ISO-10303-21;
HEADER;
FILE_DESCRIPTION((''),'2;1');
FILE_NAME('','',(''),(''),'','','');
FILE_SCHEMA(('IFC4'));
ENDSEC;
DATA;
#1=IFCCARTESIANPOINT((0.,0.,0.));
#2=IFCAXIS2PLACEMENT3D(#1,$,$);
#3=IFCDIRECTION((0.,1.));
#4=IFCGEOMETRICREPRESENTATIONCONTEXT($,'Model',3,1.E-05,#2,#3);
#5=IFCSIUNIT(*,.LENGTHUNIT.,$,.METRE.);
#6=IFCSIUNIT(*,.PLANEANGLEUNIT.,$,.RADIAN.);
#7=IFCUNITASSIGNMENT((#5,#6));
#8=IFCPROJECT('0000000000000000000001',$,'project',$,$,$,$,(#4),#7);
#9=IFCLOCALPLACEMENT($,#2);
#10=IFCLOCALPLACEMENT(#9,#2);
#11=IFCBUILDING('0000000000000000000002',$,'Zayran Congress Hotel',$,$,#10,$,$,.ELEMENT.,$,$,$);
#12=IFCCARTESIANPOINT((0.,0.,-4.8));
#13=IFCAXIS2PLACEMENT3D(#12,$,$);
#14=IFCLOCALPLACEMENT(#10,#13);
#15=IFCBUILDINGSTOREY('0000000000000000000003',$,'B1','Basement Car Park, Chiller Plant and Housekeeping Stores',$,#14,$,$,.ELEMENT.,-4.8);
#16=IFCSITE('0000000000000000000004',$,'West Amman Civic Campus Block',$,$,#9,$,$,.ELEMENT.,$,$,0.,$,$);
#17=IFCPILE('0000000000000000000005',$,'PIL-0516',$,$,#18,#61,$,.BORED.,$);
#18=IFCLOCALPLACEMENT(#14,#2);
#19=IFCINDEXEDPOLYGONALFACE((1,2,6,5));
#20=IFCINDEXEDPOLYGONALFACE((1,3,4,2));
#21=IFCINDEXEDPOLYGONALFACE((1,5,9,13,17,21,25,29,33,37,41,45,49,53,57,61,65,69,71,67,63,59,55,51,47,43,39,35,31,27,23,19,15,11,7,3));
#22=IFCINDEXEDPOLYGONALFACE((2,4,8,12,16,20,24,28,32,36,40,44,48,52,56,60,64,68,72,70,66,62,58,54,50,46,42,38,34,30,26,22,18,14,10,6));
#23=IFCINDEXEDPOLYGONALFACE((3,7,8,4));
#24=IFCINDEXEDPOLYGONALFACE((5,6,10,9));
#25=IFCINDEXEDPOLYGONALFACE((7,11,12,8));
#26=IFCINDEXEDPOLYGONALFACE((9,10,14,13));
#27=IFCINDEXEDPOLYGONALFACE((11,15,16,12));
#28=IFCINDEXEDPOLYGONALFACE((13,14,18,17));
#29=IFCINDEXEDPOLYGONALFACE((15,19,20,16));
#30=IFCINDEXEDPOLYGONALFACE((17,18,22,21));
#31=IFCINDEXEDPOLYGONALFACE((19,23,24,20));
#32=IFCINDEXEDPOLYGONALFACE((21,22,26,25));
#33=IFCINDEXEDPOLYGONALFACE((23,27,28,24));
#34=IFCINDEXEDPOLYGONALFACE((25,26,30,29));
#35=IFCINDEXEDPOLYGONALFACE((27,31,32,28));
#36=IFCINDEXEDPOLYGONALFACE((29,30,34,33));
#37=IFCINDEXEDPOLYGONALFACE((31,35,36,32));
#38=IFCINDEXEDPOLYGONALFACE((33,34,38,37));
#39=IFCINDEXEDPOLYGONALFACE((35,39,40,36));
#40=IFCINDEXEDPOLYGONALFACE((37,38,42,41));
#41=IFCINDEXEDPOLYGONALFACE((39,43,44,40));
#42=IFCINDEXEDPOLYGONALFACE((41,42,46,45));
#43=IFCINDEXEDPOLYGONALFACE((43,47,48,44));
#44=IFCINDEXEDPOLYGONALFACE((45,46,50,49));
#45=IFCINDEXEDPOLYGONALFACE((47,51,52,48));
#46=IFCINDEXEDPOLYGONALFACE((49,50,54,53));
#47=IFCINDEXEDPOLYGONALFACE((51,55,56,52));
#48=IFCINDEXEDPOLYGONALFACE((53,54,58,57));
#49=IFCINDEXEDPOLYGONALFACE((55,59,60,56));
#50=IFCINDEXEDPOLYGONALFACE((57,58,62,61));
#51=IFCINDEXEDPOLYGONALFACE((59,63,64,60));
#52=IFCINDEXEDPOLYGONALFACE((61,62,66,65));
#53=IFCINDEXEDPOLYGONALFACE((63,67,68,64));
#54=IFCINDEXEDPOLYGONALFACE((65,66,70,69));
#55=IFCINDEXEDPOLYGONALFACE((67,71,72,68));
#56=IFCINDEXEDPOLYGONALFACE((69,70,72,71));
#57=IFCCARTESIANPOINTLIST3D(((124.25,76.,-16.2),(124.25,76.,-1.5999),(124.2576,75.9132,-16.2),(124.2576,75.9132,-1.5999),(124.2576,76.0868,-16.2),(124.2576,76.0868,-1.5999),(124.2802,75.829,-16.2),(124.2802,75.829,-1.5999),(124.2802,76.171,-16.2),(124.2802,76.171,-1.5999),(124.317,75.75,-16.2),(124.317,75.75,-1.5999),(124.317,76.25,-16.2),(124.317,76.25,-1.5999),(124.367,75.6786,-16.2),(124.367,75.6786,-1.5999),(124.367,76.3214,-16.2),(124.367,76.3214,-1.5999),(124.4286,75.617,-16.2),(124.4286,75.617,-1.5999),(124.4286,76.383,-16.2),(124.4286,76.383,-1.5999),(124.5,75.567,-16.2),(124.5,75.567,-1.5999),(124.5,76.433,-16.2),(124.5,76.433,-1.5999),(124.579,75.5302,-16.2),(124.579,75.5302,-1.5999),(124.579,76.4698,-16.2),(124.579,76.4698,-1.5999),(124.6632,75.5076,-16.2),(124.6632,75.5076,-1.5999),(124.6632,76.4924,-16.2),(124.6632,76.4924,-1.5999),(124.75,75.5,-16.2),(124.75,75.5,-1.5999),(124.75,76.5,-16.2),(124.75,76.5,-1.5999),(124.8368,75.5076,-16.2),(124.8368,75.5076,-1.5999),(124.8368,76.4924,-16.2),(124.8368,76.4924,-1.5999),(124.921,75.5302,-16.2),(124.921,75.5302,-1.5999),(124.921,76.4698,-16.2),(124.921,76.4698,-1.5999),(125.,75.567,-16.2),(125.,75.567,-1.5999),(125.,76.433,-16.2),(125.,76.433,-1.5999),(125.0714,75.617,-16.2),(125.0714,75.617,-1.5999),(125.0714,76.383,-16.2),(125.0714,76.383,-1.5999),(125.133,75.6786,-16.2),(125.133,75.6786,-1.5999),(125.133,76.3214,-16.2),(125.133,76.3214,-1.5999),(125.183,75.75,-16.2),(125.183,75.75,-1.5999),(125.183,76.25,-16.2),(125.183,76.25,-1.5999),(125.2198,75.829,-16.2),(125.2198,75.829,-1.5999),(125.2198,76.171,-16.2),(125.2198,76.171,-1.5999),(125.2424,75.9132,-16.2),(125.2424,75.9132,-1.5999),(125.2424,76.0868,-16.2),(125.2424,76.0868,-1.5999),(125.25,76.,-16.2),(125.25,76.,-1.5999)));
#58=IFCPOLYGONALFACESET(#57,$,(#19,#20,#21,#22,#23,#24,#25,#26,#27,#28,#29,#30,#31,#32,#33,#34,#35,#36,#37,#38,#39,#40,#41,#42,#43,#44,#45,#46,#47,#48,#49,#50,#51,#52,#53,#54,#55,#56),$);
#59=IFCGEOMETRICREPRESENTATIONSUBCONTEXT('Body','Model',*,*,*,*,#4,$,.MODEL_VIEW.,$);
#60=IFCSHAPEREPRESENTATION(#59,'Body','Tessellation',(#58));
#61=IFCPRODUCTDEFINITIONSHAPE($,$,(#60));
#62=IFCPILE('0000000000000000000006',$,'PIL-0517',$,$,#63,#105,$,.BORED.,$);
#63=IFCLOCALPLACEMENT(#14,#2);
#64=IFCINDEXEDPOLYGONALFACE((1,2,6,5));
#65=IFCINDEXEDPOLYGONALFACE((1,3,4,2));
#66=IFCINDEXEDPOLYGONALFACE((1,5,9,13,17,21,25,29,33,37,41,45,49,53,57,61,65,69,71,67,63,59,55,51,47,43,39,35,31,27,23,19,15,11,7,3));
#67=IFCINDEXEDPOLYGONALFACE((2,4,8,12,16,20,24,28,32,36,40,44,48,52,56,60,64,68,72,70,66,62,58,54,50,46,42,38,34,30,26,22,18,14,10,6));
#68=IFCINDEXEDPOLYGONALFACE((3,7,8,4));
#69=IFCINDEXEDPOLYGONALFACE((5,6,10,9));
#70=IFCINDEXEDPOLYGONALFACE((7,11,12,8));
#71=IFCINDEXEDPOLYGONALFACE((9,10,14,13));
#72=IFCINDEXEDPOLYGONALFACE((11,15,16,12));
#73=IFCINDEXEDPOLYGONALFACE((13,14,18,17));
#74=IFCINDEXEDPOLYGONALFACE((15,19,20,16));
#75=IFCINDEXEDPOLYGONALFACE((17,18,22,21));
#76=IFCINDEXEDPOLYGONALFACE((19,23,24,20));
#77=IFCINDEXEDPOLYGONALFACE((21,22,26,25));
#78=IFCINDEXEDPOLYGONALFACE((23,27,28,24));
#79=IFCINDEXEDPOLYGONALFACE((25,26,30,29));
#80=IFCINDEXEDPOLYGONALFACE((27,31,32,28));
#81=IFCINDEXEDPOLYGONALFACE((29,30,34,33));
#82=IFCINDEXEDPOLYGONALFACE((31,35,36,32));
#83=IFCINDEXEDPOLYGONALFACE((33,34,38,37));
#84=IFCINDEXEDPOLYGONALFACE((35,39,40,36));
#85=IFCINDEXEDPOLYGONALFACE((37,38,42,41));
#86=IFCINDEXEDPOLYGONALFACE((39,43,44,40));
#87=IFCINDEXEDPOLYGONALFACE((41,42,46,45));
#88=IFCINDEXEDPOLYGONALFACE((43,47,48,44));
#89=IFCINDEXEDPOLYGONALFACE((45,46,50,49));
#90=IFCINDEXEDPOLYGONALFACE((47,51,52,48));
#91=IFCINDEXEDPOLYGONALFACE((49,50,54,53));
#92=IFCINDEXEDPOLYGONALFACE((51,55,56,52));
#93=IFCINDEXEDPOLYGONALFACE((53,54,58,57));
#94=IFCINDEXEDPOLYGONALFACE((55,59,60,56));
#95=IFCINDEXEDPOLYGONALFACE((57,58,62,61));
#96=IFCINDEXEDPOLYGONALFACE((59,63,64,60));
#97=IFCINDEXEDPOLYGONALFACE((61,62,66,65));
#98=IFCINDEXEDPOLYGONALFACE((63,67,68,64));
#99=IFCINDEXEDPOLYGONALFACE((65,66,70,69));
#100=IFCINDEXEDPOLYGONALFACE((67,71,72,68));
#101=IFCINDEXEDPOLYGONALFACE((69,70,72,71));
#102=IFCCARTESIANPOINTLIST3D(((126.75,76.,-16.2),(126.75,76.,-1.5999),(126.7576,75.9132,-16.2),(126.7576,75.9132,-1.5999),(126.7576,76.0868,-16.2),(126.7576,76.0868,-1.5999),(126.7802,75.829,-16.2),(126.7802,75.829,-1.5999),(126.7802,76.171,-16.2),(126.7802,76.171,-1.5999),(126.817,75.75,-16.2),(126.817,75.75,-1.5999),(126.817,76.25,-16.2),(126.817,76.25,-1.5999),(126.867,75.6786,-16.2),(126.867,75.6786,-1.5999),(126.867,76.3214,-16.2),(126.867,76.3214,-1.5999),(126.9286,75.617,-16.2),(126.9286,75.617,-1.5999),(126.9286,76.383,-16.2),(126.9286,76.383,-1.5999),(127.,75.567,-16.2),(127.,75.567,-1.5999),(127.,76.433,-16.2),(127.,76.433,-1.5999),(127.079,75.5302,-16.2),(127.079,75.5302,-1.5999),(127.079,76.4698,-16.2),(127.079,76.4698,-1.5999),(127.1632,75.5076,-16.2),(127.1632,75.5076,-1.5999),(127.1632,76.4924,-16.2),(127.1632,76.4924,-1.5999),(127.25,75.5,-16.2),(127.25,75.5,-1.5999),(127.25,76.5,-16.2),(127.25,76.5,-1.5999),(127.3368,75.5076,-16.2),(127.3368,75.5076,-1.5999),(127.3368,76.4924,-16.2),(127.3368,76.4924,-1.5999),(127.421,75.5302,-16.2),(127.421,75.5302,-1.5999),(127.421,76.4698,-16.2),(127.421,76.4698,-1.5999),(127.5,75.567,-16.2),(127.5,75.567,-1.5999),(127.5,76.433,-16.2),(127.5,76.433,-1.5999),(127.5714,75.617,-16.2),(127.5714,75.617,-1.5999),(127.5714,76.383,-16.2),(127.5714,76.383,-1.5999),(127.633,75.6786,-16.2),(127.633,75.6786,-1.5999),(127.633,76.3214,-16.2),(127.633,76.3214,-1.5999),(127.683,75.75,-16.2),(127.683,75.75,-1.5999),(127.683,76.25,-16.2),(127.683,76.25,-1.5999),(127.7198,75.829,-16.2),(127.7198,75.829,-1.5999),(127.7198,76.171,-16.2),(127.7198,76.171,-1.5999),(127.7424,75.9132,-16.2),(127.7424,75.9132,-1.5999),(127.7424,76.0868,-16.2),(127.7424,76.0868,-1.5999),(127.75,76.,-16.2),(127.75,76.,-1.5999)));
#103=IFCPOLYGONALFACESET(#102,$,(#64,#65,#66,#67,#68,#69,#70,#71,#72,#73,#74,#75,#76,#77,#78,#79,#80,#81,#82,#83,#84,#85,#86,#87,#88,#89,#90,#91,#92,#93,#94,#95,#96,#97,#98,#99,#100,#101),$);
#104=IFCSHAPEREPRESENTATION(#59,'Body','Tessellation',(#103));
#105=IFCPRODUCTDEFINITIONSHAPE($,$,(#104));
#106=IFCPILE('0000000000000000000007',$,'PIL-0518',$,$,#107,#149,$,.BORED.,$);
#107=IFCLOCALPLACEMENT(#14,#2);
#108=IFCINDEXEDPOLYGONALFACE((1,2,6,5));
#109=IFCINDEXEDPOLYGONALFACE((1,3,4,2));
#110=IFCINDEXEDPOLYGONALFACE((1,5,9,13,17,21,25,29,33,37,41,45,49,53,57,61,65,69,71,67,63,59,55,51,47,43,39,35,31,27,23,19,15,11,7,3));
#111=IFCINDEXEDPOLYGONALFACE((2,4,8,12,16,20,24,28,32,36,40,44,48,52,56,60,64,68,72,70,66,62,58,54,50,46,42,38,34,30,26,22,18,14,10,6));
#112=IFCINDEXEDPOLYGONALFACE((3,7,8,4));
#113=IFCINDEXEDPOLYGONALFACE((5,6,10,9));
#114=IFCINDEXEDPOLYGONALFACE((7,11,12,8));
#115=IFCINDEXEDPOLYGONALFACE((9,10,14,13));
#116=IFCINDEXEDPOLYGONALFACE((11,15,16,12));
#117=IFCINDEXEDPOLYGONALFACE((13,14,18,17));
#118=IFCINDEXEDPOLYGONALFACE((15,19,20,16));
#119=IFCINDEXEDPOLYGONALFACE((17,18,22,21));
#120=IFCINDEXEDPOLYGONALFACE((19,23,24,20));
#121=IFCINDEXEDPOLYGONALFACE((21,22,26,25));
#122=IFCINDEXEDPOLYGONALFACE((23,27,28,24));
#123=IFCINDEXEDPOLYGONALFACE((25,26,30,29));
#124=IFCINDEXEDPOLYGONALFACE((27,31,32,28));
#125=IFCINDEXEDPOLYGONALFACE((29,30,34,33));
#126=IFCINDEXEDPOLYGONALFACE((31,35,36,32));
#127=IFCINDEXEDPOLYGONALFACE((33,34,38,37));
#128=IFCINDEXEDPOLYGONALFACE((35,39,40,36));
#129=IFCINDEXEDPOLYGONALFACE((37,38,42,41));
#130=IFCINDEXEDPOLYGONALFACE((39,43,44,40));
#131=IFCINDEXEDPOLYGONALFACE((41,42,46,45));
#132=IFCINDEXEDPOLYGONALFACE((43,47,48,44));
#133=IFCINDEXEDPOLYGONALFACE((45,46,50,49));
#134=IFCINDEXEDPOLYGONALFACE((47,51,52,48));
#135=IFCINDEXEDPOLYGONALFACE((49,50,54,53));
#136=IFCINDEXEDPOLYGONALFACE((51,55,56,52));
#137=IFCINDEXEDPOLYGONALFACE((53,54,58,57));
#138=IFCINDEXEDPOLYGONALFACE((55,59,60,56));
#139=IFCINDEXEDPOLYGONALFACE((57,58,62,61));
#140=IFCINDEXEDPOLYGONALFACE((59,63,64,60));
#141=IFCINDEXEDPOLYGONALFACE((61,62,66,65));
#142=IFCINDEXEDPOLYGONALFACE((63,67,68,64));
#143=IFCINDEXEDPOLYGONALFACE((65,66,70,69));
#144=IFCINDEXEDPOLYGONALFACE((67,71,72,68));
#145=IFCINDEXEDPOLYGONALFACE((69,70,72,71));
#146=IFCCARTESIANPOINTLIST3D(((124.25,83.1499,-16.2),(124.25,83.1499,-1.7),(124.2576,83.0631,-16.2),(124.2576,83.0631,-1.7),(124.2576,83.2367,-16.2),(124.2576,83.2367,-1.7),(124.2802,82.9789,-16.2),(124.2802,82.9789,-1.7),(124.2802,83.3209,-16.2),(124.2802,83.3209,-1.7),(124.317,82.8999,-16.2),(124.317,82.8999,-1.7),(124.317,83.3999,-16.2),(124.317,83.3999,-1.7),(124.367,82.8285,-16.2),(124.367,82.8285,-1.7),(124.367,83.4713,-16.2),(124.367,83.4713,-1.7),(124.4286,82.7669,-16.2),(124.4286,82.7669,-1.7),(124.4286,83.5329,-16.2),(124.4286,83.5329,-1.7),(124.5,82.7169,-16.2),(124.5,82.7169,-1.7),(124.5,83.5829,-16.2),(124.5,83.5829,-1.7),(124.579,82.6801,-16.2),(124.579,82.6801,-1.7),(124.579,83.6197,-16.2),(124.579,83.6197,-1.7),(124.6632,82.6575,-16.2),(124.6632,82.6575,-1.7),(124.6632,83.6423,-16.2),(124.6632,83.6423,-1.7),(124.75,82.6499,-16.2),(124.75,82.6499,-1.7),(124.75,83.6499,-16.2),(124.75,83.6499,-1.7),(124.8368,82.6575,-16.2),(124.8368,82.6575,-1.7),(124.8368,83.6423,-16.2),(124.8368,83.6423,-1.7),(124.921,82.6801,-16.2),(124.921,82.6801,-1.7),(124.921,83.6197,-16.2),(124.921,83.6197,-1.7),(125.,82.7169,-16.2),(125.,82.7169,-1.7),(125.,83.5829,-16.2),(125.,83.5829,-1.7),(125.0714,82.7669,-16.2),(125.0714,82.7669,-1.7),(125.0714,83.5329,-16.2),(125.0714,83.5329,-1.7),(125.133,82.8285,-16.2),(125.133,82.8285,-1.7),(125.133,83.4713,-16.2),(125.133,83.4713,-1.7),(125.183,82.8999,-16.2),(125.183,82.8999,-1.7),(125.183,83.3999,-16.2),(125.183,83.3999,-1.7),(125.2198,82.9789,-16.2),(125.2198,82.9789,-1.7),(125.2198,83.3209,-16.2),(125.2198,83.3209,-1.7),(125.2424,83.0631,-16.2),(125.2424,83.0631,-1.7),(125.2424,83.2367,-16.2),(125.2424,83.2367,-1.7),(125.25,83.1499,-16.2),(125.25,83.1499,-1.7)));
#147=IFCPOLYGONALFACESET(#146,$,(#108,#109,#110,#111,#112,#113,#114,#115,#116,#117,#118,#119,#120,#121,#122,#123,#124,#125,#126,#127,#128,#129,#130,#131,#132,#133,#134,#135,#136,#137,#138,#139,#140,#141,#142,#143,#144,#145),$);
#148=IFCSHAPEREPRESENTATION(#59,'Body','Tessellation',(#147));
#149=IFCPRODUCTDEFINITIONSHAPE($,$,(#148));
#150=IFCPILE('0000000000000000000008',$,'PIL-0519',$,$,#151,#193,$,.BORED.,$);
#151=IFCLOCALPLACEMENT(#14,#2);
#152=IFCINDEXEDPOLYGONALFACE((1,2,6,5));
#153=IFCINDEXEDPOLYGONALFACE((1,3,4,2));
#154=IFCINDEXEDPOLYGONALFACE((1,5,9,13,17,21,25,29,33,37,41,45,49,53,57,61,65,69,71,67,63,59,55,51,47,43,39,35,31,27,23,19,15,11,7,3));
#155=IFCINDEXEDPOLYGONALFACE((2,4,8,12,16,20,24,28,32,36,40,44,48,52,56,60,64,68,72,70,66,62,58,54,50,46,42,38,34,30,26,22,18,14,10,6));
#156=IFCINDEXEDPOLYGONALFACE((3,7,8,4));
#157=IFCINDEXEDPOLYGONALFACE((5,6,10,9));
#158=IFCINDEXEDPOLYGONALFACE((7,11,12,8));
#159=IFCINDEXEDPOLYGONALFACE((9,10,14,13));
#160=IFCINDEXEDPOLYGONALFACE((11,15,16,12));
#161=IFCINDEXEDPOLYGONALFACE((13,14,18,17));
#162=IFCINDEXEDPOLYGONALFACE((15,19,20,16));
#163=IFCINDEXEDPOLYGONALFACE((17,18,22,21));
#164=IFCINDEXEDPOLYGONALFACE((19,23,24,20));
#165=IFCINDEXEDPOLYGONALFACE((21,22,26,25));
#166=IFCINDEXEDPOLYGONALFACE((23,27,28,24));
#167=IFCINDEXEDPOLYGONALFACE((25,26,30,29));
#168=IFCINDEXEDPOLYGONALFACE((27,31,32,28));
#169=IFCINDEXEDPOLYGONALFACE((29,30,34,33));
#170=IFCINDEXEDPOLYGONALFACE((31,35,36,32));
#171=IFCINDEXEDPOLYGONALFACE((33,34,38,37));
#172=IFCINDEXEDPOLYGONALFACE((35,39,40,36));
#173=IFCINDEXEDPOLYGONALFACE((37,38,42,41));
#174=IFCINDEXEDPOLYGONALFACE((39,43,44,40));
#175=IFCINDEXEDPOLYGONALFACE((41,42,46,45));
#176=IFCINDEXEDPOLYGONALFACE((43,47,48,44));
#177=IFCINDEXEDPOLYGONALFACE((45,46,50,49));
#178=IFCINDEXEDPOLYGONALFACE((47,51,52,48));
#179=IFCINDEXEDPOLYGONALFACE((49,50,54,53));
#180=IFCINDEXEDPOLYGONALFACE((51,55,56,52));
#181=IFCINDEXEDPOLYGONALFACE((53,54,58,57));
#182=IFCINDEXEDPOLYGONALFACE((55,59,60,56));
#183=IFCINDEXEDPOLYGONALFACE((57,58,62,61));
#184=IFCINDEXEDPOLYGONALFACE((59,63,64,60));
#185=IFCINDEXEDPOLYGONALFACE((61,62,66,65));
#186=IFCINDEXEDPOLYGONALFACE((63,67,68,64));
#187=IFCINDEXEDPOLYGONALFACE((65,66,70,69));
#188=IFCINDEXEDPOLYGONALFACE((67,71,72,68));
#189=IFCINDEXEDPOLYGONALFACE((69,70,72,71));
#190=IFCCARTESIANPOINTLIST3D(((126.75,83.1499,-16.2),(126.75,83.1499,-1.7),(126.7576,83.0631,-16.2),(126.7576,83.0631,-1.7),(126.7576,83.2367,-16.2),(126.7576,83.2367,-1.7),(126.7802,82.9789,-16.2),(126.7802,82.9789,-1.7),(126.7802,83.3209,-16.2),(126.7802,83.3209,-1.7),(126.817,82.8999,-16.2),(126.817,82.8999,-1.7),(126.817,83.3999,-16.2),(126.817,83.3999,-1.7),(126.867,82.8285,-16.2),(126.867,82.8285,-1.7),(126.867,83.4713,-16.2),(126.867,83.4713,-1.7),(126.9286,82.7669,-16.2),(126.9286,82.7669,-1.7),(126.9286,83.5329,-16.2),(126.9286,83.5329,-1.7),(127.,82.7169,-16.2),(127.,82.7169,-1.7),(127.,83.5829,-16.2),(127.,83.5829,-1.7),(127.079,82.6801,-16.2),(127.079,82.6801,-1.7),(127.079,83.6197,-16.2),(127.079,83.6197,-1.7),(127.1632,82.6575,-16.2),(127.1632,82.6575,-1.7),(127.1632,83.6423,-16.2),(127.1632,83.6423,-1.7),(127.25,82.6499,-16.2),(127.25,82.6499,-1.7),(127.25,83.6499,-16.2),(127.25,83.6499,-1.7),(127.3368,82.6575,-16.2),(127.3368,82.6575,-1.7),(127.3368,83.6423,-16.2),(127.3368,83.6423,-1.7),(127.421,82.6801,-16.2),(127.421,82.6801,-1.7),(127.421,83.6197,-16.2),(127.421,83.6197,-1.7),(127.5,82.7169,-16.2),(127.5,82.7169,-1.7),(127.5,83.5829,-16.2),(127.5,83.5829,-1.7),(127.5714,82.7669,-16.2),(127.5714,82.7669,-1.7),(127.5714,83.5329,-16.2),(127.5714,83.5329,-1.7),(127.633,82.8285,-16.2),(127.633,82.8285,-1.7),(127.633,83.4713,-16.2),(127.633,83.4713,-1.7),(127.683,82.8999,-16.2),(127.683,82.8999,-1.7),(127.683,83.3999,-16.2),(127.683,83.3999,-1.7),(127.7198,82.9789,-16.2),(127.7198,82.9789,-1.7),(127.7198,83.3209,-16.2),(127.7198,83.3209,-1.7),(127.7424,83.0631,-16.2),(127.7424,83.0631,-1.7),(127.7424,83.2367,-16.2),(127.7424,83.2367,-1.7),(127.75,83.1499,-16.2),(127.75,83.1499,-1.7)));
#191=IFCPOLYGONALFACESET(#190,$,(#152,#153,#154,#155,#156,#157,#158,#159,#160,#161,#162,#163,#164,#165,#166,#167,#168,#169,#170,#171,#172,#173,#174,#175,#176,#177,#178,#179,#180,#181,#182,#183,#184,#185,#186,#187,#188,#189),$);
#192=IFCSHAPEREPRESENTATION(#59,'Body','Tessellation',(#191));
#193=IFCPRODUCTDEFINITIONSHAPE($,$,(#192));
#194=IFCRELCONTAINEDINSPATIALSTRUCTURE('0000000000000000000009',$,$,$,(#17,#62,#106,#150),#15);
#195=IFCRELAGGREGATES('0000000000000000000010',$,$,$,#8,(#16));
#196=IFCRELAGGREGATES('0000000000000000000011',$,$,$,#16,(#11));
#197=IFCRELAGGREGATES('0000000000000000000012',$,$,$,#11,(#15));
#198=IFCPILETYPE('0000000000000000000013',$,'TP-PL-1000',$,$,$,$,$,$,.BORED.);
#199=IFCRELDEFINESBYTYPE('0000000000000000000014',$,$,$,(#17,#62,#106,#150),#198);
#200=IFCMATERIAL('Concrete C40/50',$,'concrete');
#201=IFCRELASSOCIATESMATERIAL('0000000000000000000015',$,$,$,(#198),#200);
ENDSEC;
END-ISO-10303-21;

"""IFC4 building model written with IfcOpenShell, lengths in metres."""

from ifc_helpers import new_model, si_unit, direction, frame, origin, origin_2d, place, context, subcontext, project, spatial, circle, extrude, material, material_profile, profile_set, type_object, element, save


model = new_model("IFC4")

# Units and contexts
model_context = context("Model", 3, precision=1e-05, world=origin(), true_north=direction((0.0, 1.0)))
body_context = subcontext(model_context, "Body", "Model", "MODEL_VIEW")
ifc_project = project(units=[si_unit("LENGTHUNIT", "METRE"), si_unit("PLANEANGLEUNIT", "RADIAN")], contexts=[model_context])

# Site, building, storey
site_placement = place(None, origin())
site = spatial("IfcSite", under=ifc_project, at=site_placement, Name="West Amman Civic Campus Block", CompositionType="ELEMENT", RefElevation=0.0)
building_placement = place(site_placement, origin())
building = spatial("IfcBuilding", under=site, at=building_placement, Name="Zayran Congress Hotel", CompositionType="ELEMENT")
storey_placement = place(building_placement, frame((0.0, 0.0, -4.8)))
storey = spatial("IfcBuildingStorey", under=building, at=storey_placement, Name="B1", Description="Basement Car Park, Chiller Plant and Housekeeping Stores", CompositionType="ELEMENT", Elevation=-4.8)

# Piles
ifc_material_1 = material(Name="Concrete C40/50", Category="concrete")
ifc_material_profile_1 = material_profile(ifc_material_1, circle(Radius=0.5, at=origin_2d()), Name="PILE D1000")
ifc_profile_set_1 = profile_set([ifc_material_profile_1], Name="Concrete C40/50")
pile_type = type_object("IfcPileType", Name="TP-PL-1000", PredefinedType="BORED", material=ifc_profile_set_1)
for number, where, z_axis, x_axis, name in (
    (1, (124.75, 76.0, -1.5999), (0.0, 0.0, -1.0), (1.0, 0.0, 0.0), "PIL-0516"),
    (2, (127.25, 76.0, -1.5999), (0.0, 0.0, -1.0), (1.0, 0.0, 0.0), "PIL-0517"),
):
    element("IfcPile", number, at=place(storey_placement, frame(where, z_axis=z_axis, x_axis=x_axis)), inside=storey, type_object=pile_type, Name=name, PredefinedType="BORED", context=body_context, shape_type="SweptSolid", body=[
        extrude(circle(Radius=0.5, at=origin_2d()), origin(), (0.0, 0.0, 1.0), 14.6001),
    ])
for number, where, z_axis, x_axis, name in (
    (3, (124.75, 83.1499, -1.7), (0.0, 0.0, -1.0), (1.0, 0.0, 0.0), "PIL-0518"),
    (4, (127.25, 83.1499, -1.7), (0.0, 0.0, -1.0), (1.0, 0.0, 0.0), "PIL-0519"),
):
    element("IfcPile", number, at=place(storey_placement, frame(where, z_axis=z_axis, x_axis=x_axis)), inside=storey, type_object=pile_type, Name=name, PredefinedType="BORED", context=body_context, shape_type="SweptSolid", body=[
        extrude(circle(Radius=0.5, at=origin_2d()), origin(), (0.0, 0.0, 1.0), 14.5),
    ])

save(model, "model.ifc")
